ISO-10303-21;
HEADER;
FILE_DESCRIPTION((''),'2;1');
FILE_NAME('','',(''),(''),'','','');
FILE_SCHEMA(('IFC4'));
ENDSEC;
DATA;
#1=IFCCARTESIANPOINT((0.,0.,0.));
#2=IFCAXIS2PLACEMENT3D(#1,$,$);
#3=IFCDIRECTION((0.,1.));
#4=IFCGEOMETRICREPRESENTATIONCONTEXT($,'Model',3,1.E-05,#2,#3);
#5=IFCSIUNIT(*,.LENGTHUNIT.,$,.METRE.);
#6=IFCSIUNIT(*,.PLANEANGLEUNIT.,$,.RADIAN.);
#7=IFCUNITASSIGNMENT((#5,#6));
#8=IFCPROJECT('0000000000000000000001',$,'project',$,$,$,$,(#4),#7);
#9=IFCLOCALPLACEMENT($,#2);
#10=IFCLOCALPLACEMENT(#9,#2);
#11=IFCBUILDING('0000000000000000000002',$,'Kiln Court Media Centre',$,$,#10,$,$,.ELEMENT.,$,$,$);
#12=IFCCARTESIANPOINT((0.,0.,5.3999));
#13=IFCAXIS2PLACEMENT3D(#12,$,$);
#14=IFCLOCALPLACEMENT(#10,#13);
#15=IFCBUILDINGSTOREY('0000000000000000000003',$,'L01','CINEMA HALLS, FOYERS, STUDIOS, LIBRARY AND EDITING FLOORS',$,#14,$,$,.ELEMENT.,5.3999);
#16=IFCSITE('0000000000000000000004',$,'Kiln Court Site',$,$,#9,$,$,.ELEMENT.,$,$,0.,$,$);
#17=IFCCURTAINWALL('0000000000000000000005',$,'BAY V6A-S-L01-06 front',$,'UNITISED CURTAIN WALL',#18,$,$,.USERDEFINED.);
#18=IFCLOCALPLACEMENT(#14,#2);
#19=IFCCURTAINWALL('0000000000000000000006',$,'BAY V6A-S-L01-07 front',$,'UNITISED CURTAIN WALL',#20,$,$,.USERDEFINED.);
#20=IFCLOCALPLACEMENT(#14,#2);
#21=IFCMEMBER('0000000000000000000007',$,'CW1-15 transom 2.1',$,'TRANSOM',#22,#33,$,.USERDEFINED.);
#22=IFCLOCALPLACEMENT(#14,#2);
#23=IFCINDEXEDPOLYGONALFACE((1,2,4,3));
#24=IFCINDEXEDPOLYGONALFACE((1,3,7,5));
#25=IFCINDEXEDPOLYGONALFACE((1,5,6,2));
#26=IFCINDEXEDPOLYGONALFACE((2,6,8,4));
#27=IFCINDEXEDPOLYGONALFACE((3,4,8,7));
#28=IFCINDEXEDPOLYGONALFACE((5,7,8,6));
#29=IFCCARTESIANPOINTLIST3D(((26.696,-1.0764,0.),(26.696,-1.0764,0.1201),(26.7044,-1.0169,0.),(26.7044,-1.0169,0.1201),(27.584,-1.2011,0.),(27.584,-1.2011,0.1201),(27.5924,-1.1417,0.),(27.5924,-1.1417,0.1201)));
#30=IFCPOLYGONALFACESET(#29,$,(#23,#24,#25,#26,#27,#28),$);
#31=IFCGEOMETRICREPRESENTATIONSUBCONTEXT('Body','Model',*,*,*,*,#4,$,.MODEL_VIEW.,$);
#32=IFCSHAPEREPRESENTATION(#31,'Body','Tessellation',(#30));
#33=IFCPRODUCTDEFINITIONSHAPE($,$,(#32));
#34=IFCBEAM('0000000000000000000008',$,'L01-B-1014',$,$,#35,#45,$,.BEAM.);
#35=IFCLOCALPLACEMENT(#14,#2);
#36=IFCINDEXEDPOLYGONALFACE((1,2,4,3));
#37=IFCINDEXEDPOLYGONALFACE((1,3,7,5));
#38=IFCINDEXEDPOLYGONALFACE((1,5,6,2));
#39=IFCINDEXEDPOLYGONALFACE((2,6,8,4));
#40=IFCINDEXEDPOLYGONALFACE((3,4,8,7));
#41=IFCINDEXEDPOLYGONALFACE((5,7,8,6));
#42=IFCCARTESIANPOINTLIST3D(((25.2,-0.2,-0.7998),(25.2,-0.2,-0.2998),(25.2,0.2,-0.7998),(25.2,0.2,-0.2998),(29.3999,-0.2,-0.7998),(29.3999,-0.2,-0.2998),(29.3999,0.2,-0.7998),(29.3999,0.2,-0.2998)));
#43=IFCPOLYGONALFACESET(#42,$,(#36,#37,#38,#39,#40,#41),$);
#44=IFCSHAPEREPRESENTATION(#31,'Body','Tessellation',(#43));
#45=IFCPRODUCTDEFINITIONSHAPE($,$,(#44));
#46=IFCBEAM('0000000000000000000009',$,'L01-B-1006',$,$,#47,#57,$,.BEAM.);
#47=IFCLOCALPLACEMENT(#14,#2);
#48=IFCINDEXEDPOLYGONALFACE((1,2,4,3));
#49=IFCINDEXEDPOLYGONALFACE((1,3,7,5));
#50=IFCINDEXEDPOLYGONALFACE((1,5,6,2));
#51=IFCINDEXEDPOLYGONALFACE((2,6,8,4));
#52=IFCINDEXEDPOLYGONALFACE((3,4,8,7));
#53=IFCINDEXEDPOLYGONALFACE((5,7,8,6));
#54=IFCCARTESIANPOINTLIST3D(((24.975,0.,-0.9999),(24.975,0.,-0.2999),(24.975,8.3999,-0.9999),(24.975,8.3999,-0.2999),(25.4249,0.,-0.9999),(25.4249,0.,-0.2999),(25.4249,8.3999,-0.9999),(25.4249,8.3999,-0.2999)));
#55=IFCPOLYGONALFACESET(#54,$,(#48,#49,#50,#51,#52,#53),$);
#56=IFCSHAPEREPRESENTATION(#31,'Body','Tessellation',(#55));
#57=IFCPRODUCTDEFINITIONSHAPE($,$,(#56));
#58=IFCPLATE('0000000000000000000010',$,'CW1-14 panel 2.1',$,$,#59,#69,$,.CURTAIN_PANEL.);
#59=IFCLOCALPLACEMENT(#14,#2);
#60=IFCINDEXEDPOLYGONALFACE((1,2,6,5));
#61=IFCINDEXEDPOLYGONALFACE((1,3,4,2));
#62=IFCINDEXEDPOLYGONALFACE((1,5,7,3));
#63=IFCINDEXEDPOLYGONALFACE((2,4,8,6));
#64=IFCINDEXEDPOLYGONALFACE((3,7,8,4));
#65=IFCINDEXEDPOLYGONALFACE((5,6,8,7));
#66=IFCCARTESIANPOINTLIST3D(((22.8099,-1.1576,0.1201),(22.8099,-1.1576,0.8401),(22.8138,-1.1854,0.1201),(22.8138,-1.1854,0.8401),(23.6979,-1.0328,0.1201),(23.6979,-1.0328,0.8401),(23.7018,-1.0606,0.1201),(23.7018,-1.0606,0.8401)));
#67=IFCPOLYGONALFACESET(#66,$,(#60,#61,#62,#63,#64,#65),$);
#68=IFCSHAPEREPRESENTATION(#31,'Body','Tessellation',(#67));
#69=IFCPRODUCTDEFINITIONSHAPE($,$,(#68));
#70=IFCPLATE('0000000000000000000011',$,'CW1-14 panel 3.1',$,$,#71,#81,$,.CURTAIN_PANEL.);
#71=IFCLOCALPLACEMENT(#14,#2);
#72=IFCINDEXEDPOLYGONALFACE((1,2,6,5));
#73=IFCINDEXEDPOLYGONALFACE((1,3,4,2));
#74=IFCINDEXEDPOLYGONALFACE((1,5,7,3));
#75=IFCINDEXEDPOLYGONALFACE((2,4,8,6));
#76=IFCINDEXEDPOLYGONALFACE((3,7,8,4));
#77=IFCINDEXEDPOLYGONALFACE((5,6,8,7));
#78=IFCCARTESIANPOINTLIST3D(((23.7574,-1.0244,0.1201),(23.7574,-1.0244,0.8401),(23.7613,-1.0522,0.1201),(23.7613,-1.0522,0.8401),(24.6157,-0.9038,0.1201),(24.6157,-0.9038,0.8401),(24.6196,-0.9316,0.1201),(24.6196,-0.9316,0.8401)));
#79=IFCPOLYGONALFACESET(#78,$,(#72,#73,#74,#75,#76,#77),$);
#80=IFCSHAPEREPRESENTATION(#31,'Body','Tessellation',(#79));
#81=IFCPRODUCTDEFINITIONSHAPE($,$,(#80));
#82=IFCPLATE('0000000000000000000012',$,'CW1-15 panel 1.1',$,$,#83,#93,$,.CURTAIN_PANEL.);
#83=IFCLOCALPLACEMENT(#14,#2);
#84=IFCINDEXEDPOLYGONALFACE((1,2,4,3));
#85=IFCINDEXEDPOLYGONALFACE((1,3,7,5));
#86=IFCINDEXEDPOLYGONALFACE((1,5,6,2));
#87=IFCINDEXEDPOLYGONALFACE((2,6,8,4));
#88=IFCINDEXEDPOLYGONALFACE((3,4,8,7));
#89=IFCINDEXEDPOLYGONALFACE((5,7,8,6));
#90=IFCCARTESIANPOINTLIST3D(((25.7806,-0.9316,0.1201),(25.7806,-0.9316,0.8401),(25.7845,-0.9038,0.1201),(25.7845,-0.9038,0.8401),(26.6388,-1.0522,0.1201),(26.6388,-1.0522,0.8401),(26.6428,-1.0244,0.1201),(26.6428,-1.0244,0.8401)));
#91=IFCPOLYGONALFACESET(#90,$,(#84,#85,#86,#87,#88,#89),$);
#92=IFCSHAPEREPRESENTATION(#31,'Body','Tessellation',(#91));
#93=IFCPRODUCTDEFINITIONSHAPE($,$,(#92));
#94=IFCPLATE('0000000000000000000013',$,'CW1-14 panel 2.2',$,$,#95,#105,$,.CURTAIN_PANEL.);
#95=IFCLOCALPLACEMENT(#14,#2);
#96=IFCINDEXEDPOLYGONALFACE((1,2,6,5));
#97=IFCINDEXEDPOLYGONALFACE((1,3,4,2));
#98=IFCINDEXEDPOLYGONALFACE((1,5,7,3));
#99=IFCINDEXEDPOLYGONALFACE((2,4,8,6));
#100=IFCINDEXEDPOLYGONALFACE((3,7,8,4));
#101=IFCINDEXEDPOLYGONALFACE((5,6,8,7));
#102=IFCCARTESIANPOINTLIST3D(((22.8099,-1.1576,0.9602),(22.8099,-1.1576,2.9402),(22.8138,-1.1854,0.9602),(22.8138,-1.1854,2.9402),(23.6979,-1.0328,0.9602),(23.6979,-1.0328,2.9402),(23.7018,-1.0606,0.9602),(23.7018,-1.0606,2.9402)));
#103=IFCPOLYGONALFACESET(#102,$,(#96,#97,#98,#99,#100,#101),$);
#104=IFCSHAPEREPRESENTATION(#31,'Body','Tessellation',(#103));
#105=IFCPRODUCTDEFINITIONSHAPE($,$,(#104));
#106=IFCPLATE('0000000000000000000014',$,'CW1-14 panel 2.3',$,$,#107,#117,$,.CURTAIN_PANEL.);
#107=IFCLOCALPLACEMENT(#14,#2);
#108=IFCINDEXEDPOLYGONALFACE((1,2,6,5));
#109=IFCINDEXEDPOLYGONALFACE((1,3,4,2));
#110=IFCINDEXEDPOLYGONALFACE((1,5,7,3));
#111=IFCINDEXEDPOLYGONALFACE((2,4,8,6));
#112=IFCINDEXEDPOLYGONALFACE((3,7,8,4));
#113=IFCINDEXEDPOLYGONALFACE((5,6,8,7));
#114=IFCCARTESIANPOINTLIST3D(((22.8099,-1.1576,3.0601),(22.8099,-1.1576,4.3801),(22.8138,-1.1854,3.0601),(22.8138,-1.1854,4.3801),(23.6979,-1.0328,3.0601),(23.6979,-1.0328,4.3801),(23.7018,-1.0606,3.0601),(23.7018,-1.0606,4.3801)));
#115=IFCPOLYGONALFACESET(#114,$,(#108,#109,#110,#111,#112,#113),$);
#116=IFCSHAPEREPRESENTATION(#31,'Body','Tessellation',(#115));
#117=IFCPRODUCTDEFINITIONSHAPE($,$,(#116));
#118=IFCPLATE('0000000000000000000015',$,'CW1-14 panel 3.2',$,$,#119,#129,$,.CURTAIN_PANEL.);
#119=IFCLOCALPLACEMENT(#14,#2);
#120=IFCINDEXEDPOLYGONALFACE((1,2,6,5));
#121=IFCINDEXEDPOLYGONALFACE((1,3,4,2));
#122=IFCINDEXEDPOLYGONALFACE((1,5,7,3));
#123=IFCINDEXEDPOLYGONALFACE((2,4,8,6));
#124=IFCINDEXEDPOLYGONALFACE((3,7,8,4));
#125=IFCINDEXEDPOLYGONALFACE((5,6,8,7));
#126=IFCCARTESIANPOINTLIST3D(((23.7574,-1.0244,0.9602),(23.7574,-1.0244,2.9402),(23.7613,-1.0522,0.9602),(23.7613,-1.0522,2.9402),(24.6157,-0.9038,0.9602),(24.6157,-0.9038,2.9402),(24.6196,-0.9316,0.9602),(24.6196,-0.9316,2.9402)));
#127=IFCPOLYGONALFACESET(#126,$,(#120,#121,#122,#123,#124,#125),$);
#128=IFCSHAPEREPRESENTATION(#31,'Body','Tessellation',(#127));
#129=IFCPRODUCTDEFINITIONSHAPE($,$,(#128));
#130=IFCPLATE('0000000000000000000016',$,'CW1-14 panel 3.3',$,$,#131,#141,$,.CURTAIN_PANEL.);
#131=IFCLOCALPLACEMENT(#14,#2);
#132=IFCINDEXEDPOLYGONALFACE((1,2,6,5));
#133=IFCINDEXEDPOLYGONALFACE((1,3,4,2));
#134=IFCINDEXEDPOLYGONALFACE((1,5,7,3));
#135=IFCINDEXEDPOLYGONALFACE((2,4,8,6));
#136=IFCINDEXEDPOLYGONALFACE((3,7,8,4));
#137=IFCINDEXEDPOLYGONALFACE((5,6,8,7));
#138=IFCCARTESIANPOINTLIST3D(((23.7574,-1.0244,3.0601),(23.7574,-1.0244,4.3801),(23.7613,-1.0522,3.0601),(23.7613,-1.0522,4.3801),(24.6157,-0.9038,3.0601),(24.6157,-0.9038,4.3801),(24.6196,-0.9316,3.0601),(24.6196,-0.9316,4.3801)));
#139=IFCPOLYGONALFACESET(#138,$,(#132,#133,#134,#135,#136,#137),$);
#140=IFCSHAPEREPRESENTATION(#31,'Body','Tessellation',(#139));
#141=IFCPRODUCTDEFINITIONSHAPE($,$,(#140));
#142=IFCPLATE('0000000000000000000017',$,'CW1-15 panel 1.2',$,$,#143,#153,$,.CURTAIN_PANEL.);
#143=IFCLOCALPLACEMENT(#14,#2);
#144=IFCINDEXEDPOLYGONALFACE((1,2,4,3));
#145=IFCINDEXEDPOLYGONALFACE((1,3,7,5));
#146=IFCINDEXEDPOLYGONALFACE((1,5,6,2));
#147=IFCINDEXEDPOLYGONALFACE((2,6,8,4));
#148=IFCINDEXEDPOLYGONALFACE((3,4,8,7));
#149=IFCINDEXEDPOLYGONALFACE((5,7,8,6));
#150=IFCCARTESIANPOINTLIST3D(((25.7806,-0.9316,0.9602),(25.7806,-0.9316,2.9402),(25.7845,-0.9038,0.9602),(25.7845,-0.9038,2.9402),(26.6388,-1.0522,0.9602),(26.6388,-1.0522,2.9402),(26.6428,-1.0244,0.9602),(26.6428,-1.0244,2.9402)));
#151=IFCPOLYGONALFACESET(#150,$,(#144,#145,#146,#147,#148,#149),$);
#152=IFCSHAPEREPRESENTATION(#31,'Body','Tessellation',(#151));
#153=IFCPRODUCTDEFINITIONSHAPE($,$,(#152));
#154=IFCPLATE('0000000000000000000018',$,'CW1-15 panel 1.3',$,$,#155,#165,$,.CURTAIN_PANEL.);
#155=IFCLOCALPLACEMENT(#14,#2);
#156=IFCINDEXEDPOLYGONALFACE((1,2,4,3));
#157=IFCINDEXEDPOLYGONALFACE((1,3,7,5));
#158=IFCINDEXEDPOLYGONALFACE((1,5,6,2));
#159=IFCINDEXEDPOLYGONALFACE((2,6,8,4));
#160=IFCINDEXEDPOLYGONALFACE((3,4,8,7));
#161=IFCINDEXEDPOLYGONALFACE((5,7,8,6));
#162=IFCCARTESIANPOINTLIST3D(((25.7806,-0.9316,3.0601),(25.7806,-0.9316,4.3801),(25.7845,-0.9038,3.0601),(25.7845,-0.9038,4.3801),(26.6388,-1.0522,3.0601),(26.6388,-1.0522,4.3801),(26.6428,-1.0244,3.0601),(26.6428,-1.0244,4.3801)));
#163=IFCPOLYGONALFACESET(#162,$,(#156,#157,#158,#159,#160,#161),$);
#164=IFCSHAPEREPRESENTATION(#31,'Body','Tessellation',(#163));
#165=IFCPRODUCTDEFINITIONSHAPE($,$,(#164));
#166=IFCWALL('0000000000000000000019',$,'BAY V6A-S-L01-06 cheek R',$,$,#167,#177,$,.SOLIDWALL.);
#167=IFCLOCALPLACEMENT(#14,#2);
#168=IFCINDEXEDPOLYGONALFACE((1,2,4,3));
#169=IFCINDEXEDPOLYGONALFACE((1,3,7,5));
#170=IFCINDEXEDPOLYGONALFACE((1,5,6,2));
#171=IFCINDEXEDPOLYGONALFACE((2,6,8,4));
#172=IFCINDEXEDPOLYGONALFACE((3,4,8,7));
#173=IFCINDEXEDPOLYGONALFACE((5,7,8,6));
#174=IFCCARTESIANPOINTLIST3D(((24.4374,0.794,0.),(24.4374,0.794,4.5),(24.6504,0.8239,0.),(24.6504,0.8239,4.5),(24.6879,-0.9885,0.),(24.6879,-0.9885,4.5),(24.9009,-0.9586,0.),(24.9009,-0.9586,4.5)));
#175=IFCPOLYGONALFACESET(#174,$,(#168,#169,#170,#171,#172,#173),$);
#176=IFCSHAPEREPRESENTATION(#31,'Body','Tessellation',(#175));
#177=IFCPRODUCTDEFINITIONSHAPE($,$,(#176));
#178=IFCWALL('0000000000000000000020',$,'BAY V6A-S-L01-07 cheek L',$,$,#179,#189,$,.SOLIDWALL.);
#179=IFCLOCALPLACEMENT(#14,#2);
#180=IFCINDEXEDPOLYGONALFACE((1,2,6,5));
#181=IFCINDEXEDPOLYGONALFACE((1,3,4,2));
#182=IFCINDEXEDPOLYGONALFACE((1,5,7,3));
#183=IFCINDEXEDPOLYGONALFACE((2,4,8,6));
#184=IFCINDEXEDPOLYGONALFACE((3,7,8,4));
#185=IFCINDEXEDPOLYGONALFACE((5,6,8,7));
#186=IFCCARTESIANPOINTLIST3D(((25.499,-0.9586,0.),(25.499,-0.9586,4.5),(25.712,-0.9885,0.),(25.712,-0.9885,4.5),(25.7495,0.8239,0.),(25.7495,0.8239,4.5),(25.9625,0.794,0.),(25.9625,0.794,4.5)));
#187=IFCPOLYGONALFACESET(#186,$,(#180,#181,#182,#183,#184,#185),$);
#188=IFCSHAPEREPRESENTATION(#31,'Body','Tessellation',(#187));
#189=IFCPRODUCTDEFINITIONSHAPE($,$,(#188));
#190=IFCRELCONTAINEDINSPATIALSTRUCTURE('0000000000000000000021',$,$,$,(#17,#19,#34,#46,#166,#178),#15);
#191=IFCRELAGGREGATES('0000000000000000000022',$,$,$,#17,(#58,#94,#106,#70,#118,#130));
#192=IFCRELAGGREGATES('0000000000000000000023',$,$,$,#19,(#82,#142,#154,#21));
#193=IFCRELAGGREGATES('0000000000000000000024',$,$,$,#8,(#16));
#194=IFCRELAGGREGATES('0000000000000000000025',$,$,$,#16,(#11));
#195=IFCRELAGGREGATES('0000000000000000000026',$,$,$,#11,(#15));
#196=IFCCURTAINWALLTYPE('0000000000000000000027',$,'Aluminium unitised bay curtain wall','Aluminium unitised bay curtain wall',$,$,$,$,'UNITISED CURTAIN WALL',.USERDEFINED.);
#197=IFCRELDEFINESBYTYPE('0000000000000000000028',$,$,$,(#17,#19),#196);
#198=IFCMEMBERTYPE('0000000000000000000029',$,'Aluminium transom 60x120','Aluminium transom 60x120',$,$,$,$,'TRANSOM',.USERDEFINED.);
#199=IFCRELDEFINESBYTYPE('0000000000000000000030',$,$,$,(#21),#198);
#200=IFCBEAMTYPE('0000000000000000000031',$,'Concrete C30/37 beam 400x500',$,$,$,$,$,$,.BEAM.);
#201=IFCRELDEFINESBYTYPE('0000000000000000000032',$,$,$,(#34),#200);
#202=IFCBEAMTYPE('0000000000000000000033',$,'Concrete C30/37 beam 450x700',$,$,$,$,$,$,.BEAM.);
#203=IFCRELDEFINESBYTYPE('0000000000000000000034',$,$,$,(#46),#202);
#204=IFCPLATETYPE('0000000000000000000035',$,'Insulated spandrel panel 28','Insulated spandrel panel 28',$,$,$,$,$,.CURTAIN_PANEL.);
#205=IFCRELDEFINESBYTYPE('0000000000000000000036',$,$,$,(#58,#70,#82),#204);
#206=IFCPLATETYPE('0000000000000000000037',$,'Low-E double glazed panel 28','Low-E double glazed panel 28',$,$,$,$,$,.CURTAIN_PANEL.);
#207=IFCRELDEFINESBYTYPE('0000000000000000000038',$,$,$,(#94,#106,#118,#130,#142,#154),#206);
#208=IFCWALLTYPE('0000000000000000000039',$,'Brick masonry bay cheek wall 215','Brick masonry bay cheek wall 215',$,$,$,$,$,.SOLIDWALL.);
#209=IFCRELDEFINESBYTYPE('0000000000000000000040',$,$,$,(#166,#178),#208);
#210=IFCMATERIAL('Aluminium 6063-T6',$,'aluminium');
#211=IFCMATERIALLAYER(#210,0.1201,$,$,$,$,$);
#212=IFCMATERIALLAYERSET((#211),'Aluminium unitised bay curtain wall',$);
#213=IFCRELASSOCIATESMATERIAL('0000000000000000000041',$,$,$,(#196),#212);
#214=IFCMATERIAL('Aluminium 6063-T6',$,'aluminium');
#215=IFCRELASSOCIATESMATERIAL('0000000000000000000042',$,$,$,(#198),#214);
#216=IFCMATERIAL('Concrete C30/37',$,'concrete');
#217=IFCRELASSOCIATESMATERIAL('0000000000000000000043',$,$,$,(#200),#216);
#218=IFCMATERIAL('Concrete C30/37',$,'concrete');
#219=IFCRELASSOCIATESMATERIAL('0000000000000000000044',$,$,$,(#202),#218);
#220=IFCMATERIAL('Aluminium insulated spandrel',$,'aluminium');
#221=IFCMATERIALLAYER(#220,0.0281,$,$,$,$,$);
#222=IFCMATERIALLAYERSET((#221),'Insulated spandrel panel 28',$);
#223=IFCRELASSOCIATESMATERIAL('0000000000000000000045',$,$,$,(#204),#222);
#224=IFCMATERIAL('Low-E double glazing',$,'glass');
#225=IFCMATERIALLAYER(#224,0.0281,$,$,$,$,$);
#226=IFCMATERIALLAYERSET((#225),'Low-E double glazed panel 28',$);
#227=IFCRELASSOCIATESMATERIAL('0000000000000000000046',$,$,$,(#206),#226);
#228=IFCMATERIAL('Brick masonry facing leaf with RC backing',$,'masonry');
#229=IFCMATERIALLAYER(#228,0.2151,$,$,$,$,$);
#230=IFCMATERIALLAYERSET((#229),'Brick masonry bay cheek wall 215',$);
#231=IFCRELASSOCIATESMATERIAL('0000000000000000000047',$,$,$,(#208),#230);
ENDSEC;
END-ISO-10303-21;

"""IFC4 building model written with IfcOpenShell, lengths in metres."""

from ifc_helpers import new_model, si_unit, direction, frame, frame_2d, origin, origin_2d, place, context, subcontext, project, spatial, rectangle, extrude, material, layer, layer_set, material_profile, profile_set, type_object, element, aggregate, save


model = new_model("IFC4")

# Units and contexts
model_context = context("Model", 3, precision=1e-05, world=origin(), true_north=direction((0.0, 1.0)))
body_context = subcontext(model_context, "Body", "Model", "MODEL_VIEW")
ifc_project = project(units=[si_unit("LENGTHUNIT", "METRE"), si_unit("PLANEANGLEUNIT", "RADIAN")], contexts=[model_context])

# Site, building, storey
site_placement = place(None, origin())
site = spatial("IfcSite", under=ifc_project, at=site_placement, Name="Kiln Court Site", CompositionType="ELEMENT", RefElevation=0.0)
building_placement = place(site_placement, origin())
building = spatial("IfcBuilding", under=site, at=building_placement, Name="Kiln Court Media Centre", CompositionType="ELEMENT")
storey_placement = place(building_placement, frame((0.0, 0.0, 5.3999)))
storey = spatial("IfcBuildingStorey", under=building, at=storey_placement, Name="L01", Description="CINEMA HALLS, FOYERS, STUDIOS, LIBRARY AND EDITING FLOORS", CompositionType="ELEMENT", Elevation=5.3999)

# Curtain walls
ifc_material_1 = material(Name="Aluminium 6063-T6", Category="aluminium")
ifc_layer_1 = layer(ifc_material_1, 0.1201)
ifc_layer_set_1 = layer_set([ifc_layer_1], Name="Aluminium unitised bay curtain wall")
curtain_wall_type = type_object("IfcCurtainWallType", Name="Aluminium unitised bay curtain wall", Description="Aluminium unitised bay curtain wall", ElementType="UNITISED CURTAIN WALL", PredefinedType="USERDEFINED", material=ifc_layer_set_1)
curtain_wall_1_placement = place(storey_placement, origin())
curtain_wall_1 = element("IfcCurtainWall", 1, at=curtain_wall_1_placement, inside=storey, type_object=curtain_wall_type, Name="BAY V6A-S-L01-06 front", ObjectType="UNITISED CURTAIN WALL", PredefinedType="USERDEFINED")
curtain_wall_2_placement = place(storey_placement, origin())
curtain_wall_2 = element("IfcCurtainWall", 2, at=curtain_wall_2_placement, inside=storey, type_object=curtain_wall_type, Name="BAY V6A-S-L01-07 front", ObjectType="UNITISED CURTAIN WALL", PredefinedType="USERDEFINED")

# Member
ifc_material_2 = material(Name="Aluminium 6063-T6", Category="aluminium")
ifc_material_profile_1 = material_profile(ifc_material_2, rectangle(XDim=0.0601, YDim=0.1201, at=origin_2d()), Name="Aluminium transom 60x120")
ifc_profile_set_1 = profile_set([ifc_material_profile_1], Name="Aluminium 6063-T6")
member_type_1 = type_object("IfcMemberType", Name="Aluminium transom 60x120", Description="Aluminium transom 60x120", ElementType="TRANSOM", PredefinedType="USERDEFINED", material=ifc_profile_set_1)
member_1_placement = place(storey_placement, frame((26.7002, -1.0466, 0.0601), z_axis=(0.990274, -0.139134, 0.0), x_axis=(0.139134, 0.990274, 0.0)))
member_1 = element("IfcMember", 3, at=member_1_placement, type_object=member_type_1, Name="CW1-15 transom 2.1", ObjectType="TRANSOM", PredefinedType="USERDEFINED", context=body_context, shape_type="SweptSolid", body=[
    extrude(rectangle(XDim=0.0601, YDim=0.1201, at=origin_2d()), origin(), (0.0, 0.0, 1.0), 0.8967),
])

# Beams
ifc_material_3 = material(Name="Concrete C30/37", Category="concrete")
ifc_material_profile_2 = material_profile(ifc_material_3, rectangle(XDim=0.3999, YDim=0.5, at=origin_2d()), Name="RC 400x500")
ifc_profile_set_2 = profile_set([ifc_material_profile_2], Name="Concrete C30/37")
beam_type_1 = type_object("IfcBeamType", Name="Concrete C30/37 beam 400x500", PredefinedType="BEAM", material=ifc_profile_set_2)
beam_1_placement = place(storey_placement, frame((25.2, 0.0, -0.5498), z_axis=(1.0, 0.0, 0.0), x_axis=(0.0, 1.0, 0.0)))
element("IfcBeam", 4, at=beam_1_placement, inside=storey, type_object=beam_type_1, Name="L01-B-1014", PredefinedType="BEAM", context=body_context, shape_type="SweptSolid", body=[
    extrude(rectangle(XDim=0.3999, YDim=0.5, at=origin_2d()), origin(), (0.0, 0.0, 1.0), 4.2),
])
ifc_material_4 = material(Name="Concrete C30/37", Category="concrete")
ifc_material_profile_3 = material_profile(ifc_material_4, rectangle(XDim=0.45, YDim=0.7, at=origin_2d()), Name="RC 450x700")
ifc_profile_set_3 = profile_set([ifc_material_profile_3], Name="Concrete C30/37")
beam_type_2 = type_object("IfcBeamType", Name="Concrete C30/37 beam 450x700", PredefinedType="BEAM", material=ifc_profile_set_3)
beam_2_placement = place(storey_placement, frame((25.2, 0.0, -0.6499), z_axis=(0.0, 1.0, 0.0), x_axis=(-1.0, 0.0, 0.0)))
element("IfcBeam", 5, at=beam_2_placement, inside=storey, type_object=beam_type_2, Name="L01-B-1006", PredefinedType="BEAM", context=body_context, shape_type="SweptSolid", body=[
    extrude(rectangle(XDim=0.45, YDim=0.7, at=origin_2d()), origin(), (0.0, 0.0, 1.0), 8.3999),
])

# Plates
ifc_material_5 = material(Name="Aluminium insulated spandrel", Category="aluminium")
ifc_layer_2 = layer(ifc_material_5, 0.0281)
ifc_layer_set_2 = layer_set([ifc_layer_2], Name="Insulated spandrel panel 28")
plate_type_1 = type_object("IfcPlateType", Name="Insulated spandrel panel 28", Description="Insulated spandrel panel 28", PredefinedType="CURTAIN_PANEL", material=ifc_layer_set_2)
plate_1_placement = place(storey_placement, frame((23.2559, -1.1091, 0.1201), z_axis=(0.0, 0.0, 1.0), x_axis=(0.99027, 0.139162, 0.0)))
plate_1 = element("IfcPlate", 6, at=plate_1_placement, type_object=plate_type_1, Name="CW1-14 panel 2.1", PredefinedType="CURTAIN_PANEL", context=body_context, shape_type="SweptSolid", body=[
    extrude(rectangle(XDim=0.8967, YDim=0.0281, at=origin_2d()), origin(), (0.0, 0.0, 1.0), 0.72),
])
plate_2_placement = place(storey_placement, frame((24.1885, -0.978, 0.1201), z_axis=(0.0, 0.0, 1.0), x_axis=(0.99027, 0.139162, 0.0)))
plate_2 = element("IfcPlate", 7, at=plate_2_placement, type_object=plate_type_1, Name="CW1-14 panel 3.1", PredefinedType="CURTAIN_PANEL", context=body_context, shape_type="SweptSolid", body=[
    extrude(rectangle(XDim=0.8667, YDim=0.0281, at=origin_2d()), origin(), (0.0, 0.0, 1.0), 0.72),
])
plate_3_placement = place(storey_placement, frame((26.2117, -0.978, 0.1201), z_axis=(0.0, 0.0, 1.0), x_axis=(0.99027, -0.139162, 0.0)))
plate_3 = element("IfcPlate", 8, at=plate_3_placement, type_object=plate_type_1, Name="CW1-15 panel 1.1", PredefinedType="CURTAIN_PANEL", context=body_context, shape_type="SweptSolid", body=[
    extrude(rectangle(XDim=0.8667, YDim=0.0281, at=origin_2d()), origin(), (0.0, 0.0, 1.0), 0.72),
])
ifc_material_6 = material(Name="Low-E double glazing", Category="glass")
ifc_layer_3 = layer(ifc_material_6, 0.0281)
ifc_layer_set_3 = layer_set([ifc_layer_3], Name="Low-E double glazed panel 28")
plate_type_2 = type_object("IfcPlateType", Name="Low-E double glazed panel 28", Description="Low-E double glazed panel 28", PredefinedType="CURTAIN_PANEL", material=ifc_layer_set_3)
plate_4_placement = place(storey_placement, frame((23.2559, -1.1091, 0.9602), z_axis=(0.0, 0.0, 1.0), x_axis=(0.99027, 0.139162, 0.0)))
plate_4 = element("IfcPlate", 9, at=plate_4_placement, type_object=plate_type_2, Name="CW1-14 panel 2.2", PredefinedType="CURTAIN_PANEL", context=body_context, shape_type="SweptSolid", body=[
    extrude(rectangle(XDim=0.8967, YDim=0.0281, at=origin_2d()), origin(), (0.0, 0.0, 1.0), 1.98),
])
plate_5_placement = place(storey_placement, frame((23.2559, -1.1091, 3.0601), z_axis=(0.0, 0.0, 1.0), x_axis=(0.99027, 0.139162, 0.0)))
plate_5 = element("IfcPlate", 10, at=plate_5_placement, type_object=plate_type_2, Name="CW1-14 panel 2.3", PredefinedType="CURTAIN_PANEL", context=body_context, shape_type="SweptSolid", body=[
    extrude(rectangle(XDim=0.8967, YDim=0.0281, at=origin_2d()), origin(), (0.0, 0.0, 1.0), 1.3201),
])
plate_6_placement = place(storey_placement, frame((24.1885, -0.978, 0.9602), z_axis=(0.0, 0.0, 1.0), x_axis=(0.99027, 0.139162, 0.0)))
plate_6 = element("IfcPlate", 11, at=plate_6_placement, type_object=plate_type_2, Name="CW1-14 panel 3.2", PredefinedType="CURTAIN_PANEL", context=body_context, shape_type="SweptSolid", body=[
    extrude(rectangle(XDim=0.8667, YDim=0.0281, at=origin_2d()), origin(), (0.0, 0.0, 1.0), 1.98),
])
plate_7_placement = place(storey_placement, frame((24.1885, -0.978, 3.0601), z_axis=(0.0, 0.0, 1.0), x_axis=(0.99027, 0.139162, 0.0)))
plate_7 = element("IfcPlate", 12, at=plate_7_placement, type_object=plate_type_2, Name="CW1-14 panel 3.3", PredefinedType="CURTAIN_PANEL", context=body_context, shape_type="SweptSolid", body=[
    extrude(rectangle(XDim=0.8667, YDim=0.0281, at=origin_2d()), origin(), (0.0, 0.0, 1.0), 1.3201),
])
aggregate(curtain_wall_1, [plate_1, plate_4, plate_5, plate_2, plate_6, plate_7])
plate_8_placement = place(storey_placement, frame((26.2117, -0.978, 0.9602), z_axis=(0.0, 0.0, 1.0), x_axis=(0.99027, -0.139162, 0.0)))
plate_8 = element("IfcPlate", 13, at=plate_8_placement, type_object=plate_type_2, Name="CW1-15 panel 1.2", PredefinedType="CURTAIN_PANEL", context=body_context, shape_type="SweptSolid", body=[
    extrude(rectangle(XDim=0.8667, YDim=0.0281, at=origin_2d()), origin(), (0.0, 0.0, 1.0), 1.98),
])
plate_9_placement = place(storey_placement, frame((26.2117, -0.978, 3.0601), z_axis=(0.0, 0.0, 1.0), x_axis=(0.99027, -0.139162, 0.0)))
plate_9 = element("IfcPlate", 14, at=plate_9_placement, type_object=plate_type_2, Name="CW1-15 panel 1.3", PredefinedType="CURTAIN_PANEL", context=body_context, shape_type="SweptSolid", body=[
    extrude(rectangle(XDim=0.8667, YDim=0.0281, at=origin_2d()), origin(), (0.0, 0.0, 1.0), 1.3201),
])
aggregate(curtain_wall_2, [plate_3, plate_8, plate_9, member_1])

# Walls
ifc_material_7 = material(Name="Brick masonry facing leaf with RC backing", Category="masonry")
ifc_layer_4 = layer(ifc_material_7, 0.2151)
ifc_layer_set_4 = layer_set([ifc_layer_4], Name="Brick masonry bay cheek wall 215")
wall_type_1 = type_object("IfcWallType", Name="Brick masonry bay cheek wall 215", Description="Brick masonry bay cheek wall 215", PredefinedType="SOLIDWALL", material=ifc_layer_set_4)
for number, where, z_axis, x_axis, name in (
    (15, (24.5439, 0.8088, 0.0), (0.0, 0.0, 1.0), (0.139161, -0.99027, 0.0), "BAY V6A-S-L01-06 cheek R"),
    (16, (25.856, 0.8088, 0.0), (0.0, 0.0, 1.0), (-0.139161, -0.99027, 0.0), "BAY V6A-S-L01-07 cheek L"),
):
    element("IfcWall", number, at=place(storey_placement, frame(where, z_axis=z_axis, x_axis=x_axis)), inside=storey, type_object=wall_type_1, Name=name, PredefinedType="SOLIDWALL", context=body_context, shape_type="SweptSolid", body=[
        extrude(rectangle(XDim=1.8, YDim=0.2151, at=frame_2d((0.8999, 0.0))), origin(), (0.0, 0.0, 1.0), 4.5),
    ])

save(model, "model.ifc")
